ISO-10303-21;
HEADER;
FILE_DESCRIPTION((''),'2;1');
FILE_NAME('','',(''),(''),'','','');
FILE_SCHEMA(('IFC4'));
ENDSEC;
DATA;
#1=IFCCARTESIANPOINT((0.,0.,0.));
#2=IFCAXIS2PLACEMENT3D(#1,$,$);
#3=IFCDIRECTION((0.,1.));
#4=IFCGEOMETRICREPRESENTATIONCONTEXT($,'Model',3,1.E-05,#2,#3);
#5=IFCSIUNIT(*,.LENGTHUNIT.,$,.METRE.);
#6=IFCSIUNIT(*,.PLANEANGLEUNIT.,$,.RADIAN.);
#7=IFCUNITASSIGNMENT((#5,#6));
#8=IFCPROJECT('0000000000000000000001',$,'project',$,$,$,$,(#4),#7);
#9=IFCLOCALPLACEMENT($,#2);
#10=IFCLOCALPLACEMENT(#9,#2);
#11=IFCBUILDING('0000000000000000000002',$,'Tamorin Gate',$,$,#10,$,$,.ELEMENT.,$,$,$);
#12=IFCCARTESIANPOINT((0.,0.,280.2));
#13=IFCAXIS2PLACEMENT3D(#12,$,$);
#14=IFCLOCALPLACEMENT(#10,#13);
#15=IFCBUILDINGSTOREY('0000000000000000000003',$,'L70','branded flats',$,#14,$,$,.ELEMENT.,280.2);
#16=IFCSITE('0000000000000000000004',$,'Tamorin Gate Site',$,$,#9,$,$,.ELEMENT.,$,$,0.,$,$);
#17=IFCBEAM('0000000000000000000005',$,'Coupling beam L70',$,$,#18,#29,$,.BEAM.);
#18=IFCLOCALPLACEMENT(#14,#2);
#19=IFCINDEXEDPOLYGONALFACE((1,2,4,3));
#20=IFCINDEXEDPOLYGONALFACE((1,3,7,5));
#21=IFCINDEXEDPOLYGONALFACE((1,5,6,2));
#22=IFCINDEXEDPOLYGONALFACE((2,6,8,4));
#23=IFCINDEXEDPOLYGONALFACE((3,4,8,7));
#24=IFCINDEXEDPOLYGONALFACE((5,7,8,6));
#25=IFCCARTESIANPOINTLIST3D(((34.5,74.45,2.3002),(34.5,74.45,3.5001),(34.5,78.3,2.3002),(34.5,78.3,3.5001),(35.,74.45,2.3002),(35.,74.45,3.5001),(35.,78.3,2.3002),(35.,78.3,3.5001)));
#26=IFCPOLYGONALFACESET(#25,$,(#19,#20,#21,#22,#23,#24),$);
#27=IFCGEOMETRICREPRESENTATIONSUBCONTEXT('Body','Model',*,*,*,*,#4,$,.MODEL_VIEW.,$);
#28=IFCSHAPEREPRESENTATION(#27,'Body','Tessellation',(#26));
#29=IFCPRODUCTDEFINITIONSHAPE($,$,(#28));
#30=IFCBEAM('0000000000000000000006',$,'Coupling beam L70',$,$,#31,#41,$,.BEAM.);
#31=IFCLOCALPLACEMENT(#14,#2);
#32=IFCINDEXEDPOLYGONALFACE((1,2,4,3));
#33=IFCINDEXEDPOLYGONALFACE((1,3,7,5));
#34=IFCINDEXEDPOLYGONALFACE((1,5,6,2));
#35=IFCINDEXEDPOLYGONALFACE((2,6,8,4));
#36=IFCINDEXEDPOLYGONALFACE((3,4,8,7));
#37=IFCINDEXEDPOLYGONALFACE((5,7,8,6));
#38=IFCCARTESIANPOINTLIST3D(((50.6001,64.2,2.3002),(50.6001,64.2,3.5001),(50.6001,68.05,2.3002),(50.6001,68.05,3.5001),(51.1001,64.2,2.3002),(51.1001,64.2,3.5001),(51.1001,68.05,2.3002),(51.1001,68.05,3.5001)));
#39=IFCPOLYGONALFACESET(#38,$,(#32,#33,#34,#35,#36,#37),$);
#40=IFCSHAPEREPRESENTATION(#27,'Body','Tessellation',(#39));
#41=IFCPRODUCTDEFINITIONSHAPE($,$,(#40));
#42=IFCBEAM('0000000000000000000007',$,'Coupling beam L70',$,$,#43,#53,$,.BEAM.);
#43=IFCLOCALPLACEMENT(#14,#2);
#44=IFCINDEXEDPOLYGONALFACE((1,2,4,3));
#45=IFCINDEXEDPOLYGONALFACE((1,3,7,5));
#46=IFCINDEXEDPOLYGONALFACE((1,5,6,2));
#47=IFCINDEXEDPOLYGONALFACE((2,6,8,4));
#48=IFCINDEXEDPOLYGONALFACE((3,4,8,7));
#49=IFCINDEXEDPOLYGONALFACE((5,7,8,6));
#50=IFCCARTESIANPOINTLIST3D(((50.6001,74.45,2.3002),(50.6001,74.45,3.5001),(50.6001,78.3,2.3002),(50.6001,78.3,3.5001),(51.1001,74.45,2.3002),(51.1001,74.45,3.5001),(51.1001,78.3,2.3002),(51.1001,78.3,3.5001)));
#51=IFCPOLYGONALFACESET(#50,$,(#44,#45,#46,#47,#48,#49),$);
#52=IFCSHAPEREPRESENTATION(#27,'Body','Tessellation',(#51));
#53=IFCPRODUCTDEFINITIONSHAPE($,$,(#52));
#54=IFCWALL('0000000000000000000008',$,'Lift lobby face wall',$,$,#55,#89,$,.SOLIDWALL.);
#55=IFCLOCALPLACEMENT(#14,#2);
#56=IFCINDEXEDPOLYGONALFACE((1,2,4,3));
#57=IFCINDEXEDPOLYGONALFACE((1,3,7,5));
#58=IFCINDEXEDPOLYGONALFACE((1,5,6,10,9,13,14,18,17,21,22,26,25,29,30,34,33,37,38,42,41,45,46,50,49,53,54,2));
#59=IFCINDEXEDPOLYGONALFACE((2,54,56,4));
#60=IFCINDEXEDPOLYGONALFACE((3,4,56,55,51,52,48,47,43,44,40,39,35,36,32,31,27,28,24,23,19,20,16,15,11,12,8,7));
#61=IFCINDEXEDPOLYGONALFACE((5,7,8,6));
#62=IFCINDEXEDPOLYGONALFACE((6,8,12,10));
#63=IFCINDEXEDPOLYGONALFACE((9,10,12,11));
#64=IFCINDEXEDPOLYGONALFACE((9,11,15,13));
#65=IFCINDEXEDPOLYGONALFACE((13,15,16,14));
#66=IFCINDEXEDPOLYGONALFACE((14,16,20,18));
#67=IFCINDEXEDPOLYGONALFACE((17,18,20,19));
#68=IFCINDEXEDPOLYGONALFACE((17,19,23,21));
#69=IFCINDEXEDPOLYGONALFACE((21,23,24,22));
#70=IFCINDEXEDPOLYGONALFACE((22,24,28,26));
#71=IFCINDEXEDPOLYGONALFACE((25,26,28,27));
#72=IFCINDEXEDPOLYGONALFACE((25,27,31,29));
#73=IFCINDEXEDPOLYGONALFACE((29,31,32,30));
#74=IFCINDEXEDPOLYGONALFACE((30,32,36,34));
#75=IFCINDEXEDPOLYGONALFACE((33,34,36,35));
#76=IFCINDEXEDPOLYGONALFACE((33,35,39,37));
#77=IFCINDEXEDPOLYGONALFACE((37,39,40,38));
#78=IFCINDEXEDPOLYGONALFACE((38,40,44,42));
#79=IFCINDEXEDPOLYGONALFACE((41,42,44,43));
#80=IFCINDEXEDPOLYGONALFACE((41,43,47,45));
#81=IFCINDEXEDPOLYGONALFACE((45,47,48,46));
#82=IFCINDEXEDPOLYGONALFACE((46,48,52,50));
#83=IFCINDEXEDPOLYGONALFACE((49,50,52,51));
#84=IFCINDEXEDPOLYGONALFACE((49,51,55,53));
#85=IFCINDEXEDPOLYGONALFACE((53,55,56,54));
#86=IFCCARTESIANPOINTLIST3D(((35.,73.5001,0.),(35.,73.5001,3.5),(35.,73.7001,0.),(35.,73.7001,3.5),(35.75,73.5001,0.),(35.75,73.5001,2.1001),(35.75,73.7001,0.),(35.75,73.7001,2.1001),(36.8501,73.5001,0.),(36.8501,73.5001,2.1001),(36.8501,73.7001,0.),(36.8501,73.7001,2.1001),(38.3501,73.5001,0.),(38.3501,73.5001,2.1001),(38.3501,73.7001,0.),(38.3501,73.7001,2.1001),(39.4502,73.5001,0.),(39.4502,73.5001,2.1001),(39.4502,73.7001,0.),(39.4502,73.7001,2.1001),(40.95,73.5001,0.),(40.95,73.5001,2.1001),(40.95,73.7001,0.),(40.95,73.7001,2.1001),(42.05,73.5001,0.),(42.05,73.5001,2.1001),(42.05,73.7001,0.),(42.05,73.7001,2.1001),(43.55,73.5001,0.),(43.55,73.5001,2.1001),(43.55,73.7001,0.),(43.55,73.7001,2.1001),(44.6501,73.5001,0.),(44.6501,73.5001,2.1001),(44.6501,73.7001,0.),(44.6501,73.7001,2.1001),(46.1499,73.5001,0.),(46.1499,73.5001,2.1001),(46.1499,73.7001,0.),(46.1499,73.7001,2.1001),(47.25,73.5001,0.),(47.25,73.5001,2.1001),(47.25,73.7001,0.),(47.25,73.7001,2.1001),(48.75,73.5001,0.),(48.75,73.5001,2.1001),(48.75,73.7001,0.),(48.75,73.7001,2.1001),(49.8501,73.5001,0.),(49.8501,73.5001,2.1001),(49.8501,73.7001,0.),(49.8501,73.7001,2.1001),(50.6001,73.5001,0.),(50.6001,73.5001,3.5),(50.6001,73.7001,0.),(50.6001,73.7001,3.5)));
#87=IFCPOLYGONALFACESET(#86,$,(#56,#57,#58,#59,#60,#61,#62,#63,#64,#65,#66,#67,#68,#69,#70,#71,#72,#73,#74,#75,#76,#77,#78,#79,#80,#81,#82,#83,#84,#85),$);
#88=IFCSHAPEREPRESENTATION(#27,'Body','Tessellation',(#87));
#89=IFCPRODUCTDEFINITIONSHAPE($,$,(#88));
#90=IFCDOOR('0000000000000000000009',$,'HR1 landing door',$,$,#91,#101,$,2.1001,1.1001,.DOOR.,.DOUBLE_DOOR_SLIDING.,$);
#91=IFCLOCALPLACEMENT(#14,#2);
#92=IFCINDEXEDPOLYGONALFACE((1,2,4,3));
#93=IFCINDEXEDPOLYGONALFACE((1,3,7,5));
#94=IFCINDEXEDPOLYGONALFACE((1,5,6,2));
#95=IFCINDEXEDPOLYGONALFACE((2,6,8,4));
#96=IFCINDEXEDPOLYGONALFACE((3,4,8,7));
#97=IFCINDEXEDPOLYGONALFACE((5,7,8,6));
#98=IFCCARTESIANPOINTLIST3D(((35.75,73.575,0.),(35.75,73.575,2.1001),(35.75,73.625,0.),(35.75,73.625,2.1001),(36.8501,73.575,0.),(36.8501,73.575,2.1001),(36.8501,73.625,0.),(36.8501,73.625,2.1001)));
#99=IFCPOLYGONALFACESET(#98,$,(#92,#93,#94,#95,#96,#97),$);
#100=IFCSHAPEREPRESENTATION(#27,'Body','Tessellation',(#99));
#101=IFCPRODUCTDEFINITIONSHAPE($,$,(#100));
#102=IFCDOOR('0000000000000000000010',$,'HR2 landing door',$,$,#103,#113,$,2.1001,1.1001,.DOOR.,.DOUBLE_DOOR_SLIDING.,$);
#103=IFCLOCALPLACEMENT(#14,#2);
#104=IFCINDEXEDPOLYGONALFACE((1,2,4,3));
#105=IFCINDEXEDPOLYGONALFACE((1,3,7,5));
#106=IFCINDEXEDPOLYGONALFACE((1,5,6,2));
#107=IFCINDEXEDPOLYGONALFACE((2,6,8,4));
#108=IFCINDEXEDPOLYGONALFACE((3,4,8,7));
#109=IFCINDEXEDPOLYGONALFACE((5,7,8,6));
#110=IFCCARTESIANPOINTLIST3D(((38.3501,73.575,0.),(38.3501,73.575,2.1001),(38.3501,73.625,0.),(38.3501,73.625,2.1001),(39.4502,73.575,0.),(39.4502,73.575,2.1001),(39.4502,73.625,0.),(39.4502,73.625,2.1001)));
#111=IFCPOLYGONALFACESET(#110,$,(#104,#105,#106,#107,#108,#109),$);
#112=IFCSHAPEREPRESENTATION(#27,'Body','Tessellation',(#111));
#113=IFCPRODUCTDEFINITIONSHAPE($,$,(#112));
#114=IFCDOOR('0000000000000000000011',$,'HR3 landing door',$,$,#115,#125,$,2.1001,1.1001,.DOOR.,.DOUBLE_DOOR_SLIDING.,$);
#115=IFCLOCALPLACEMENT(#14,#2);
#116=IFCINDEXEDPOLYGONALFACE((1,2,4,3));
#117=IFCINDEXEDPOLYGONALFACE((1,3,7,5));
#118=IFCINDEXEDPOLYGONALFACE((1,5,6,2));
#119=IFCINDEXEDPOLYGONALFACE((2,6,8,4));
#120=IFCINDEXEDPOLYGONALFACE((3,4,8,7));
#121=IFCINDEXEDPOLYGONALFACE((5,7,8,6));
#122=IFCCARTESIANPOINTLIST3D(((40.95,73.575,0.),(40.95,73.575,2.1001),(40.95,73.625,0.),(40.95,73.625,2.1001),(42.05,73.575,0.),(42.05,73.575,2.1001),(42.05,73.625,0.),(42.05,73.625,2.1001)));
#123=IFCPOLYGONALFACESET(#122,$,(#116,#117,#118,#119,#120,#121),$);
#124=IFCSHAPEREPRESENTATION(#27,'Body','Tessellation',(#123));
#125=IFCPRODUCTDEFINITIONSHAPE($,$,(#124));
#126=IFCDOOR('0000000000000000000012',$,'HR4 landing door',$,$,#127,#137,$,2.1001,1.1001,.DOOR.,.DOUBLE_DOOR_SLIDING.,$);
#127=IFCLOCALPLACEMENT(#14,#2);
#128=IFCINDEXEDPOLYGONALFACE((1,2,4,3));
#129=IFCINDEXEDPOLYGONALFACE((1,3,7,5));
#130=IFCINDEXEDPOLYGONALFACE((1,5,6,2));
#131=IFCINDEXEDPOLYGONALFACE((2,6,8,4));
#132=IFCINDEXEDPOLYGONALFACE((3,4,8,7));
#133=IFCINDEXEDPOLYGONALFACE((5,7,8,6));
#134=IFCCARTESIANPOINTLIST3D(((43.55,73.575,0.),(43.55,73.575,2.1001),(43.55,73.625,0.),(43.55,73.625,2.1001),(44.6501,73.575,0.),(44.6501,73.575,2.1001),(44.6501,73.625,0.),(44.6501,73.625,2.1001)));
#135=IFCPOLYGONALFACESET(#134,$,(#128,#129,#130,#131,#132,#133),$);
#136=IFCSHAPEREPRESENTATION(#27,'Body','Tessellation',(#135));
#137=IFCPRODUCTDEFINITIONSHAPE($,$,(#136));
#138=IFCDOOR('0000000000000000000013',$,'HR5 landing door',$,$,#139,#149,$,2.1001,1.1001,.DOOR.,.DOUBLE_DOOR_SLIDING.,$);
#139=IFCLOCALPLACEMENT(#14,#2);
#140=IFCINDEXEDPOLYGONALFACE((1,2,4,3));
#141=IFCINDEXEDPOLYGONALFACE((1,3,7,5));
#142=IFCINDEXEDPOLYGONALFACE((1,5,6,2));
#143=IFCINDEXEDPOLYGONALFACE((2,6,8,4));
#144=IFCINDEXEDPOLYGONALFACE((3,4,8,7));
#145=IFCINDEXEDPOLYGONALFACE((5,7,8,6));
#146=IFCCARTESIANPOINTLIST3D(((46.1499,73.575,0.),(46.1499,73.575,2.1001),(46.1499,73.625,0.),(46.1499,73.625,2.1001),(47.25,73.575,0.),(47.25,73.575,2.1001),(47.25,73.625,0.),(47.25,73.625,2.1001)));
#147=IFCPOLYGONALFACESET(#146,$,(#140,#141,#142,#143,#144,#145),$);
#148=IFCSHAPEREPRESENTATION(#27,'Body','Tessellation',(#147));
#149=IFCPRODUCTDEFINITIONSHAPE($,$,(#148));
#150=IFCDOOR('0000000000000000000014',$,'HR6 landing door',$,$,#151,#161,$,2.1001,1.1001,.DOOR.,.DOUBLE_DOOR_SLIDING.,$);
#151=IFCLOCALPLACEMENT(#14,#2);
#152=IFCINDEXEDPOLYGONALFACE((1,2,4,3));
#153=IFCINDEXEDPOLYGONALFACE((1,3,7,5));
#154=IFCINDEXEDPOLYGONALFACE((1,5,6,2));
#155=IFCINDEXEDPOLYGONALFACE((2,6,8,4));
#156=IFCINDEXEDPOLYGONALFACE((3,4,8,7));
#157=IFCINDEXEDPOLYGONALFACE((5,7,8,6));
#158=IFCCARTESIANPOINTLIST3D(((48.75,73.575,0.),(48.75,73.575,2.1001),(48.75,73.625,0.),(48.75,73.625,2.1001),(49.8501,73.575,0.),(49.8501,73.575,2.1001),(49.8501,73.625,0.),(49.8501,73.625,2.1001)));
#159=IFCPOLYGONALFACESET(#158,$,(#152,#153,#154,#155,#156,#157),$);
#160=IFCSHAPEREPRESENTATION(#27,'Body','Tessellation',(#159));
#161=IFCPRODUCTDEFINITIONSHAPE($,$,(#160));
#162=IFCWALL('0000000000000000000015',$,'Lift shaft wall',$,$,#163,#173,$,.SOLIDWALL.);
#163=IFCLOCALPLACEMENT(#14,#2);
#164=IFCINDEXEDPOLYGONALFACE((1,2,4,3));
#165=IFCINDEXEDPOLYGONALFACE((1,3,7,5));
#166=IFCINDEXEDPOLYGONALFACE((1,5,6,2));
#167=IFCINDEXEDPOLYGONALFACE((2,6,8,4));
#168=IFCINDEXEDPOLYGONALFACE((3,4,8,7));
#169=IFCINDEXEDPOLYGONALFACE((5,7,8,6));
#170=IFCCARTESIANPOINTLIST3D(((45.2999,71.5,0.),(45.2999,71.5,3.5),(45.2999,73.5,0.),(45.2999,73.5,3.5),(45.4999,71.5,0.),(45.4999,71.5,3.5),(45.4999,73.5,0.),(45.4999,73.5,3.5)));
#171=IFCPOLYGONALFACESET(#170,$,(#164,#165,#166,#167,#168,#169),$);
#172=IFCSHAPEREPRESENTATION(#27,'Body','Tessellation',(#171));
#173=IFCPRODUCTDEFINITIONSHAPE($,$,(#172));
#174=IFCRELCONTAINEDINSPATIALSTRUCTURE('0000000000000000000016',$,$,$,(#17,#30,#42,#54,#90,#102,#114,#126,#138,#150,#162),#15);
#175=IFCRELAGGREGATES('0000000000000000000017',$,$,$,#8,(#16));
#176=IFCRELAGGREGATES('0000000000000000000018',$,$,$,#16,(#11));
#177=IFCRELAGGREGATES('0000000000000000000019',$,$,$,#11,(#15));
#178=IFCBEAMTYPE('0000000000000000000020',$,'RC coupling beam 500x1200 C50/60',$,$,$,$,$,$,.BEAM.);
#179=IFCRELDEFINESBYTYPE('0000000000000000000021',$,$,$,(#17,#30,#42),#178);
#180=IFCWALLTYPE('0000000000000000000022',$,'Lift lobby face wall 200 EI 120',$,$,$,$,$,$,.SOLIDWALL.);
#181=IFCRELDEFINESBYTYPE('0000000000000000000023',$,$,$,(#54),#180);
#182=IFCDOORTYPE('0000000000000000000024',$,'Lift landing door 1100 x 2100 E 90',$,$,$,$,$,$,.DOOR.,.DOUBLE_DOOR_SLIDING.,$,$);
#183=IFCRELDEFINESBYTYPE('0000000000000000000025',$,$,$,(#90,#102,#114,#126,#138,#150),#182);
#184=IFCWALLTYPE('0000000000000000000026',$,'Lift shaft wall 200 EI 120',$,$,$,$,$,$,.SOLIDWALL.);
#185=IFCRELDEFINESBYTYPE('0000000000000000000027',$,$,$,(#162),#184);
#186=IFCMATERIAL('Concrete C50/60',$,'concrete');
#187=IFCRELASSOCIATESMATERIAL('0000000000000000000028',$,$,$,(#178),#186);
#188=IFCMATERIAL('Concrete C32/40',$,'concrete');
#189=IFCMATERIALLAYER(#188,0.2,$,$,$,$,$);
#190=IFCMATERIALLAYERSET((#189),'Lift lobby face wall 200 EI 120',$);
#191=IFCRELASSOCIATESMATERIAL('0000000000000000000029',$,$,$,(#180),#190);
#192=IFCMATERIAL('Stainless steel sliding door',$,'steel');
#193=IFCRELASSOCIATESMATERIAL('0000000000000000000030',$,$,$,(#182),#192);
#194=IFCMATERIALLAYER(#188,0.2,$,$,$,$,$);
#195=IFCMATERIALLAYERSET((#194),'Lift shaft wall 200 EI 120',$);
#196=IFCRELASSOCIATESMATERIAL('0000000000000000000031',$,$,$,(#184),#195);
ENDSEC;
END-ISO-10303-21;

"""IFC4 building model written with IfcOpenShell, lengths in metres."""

from ifc_helpers import new_model, si_unit, direction, frame, frame_2d, origin, origin_2d, place, context, subcontext, project, spatial, rectangle, extrude, material, layer, layer_set, material_profile, profile_set, type_object, element, fill, save


model = new_model("IFC4")

# Units and contexts
model_context = context("Model", 3, precision=1e-05, world=origin(), true_north=direction((0.0, 1.0)))
body_context = subcontext(model_context, "Body", "Model", "MODEL_VIEW")
ifc_project = project(units=[si_unit("LENGTHUNIT", "METRE"), si_unit("PLANEANGLEUNIT", "RADIAN")], contexts=[model_context])

# Site, building, storey
site_placement = place(None, origin())
site = spatial("IfcSite", under=ifc_project, at=site_placement, Name="Tamorin Gate Site", CompositionType="ELEMENT", RefElevation=0.0)
building_placement = place(site_placement, origin())
building = spatial("IfcBuilding", under=site, at=building_placement, Name="Tamorin Gate", CompositionType="ELEMENT")
storey_placement = place(building_placement, frame((0.0, 0.0, 280.2)))
storey = spatial("IfcBuildingStorey", under=building, at=storey_placement, Name="L70", Description="branded flats", CompositionType="ELEMENT", Elevation=280.2)

# Beams
ifc_material_1 = material(Name="Concrete C50/60", Category="concrete")
ifc_material_profile = material_profile(ifc_material_1, rectangle(XDim=0.5, YDim=1.2, at=origin_2d()), Name="RC 500x1200")
ifc_profile_set = profile_set([ifc_material_profile], Name="Concrete C50/60")
beam_type = type_object("IfcBeamType", Name="RC coupling beam 500x1200 C50/60", PredefinedType="BEAM", material=ifc_profile_set)
for number, where, z_axis, x_axis, name in (
    (1, (34.75, 74.45, 2.9001), (0.0, 1.0, 0.0), (-1.0, 0.0, 0.0), "Coupling beam L70"),
    (2, (50.8501, 64.2, 2.9001), (0.0, 1.0, 0.0), (-1.0, 0.0, 0.0), "Coupling beam L70"),
    (3, (50.8501, 74.45, 2.9001), (0.0, 1.0, 0.0), (-1.0, 0.0, 0.0), "Coupling beam L70"),
):
    element("IfcBeam", number, at=place(storey_placement, frame(where, z_axis=z_axis, x_axis=x_axis)), inside=storey, type_object=beam_type, Name=name, PredefinedType="BEAM", context=body_context, shape_type="SweptSolid", body=[
        extrude(rectangle(XDim=0.5, YDim=1.2, at=origin_2d()), origin(), (0.0, 0.0, 1.0), 3.8501),
    ])

# Wall, openings, doors
ifc_material_2 = material(Name="Concrete C32/40", Category="concrete")
ifc_layer_1 = layer(ifc_material_2, 0.2)
ifc_layer_set_1 = layer_set([ifc_layer_1], Name="Lift lobby face wall 200 EI 120")
wall_type_1 = type_object("IfcWallType", Name="Lift lobby face wall 200 EI 120", PredefinedType="SOLIDWALL", material=ifc_layer_set_1)
wall_1_placement = place(storey_placement, frame((35.0, 73.6001, 0.0), z_axis=(0.0, 0.0, 1.0), x_axis=(1.0, 0.0, 0.0)))
wall_1 = element("IfcWall", 4, at=wall_1_placement, inside=storey, type_object=wall_type_1, Name="Lift lobby face wall", PredefinedType="SOLIDWALL", context=body_context, shape_type="SweptSolid", body=[
    extrude(rectangle(XDim=15.6001, YDim=0.2, at=frame_2d((7.8, 0.0))), origin(), (0.0, 0.0, 1.0), 3.5),
])
opening_1_placement = place(wall_1_placement, frame((0.75, 0.0, 0.0)))
opening_1 = element("IfcOpeningElement", 5, at=opening_1_placement, cuts=wall_1, PredefinedType="OPENING", context=body_context, shape_type="SweptSolid", body=[
    extrude(rectangle(XDim=1.1001, YDim=2.1001, at=frame_2d((0.55, 1.05))), frame((0.0, 0.1099, 0.0), z_axis=(0.0, -1.0, 0.0), x_axis=(1.0, 0.0, 0.0)), (0.0, 0.0, 1.0), 0.22),
])
opening_2_placement = place(wall_1_placement, frame((3.3501, 0.0, 0.0)))
opening_2 = element("IfcOpeningElement", 6, at=opening_2_placement, cuts=wall_1, PredefinedType="OPENING", context=body_context, shape_type="SweptSolid", body=[
    extrude(rectangle(XDim=1.1001, YDim=2.1001, at=frame_2d((0.55, 1.05))), frame((0.0, 0.1099, 0.0), z_axis=(0.0, -1.0, 0.0), x_axis=(1.0, 0.0, 0.0)), (0.0, 0.0, 1.0), 0.22),
])
opening_3_placement = place(wall_1_placement, frame((5.95, 0.0, 0.0)))
opening_3 = element("IfcOpeningElement", 7, at=opening_3_placement, cuts=wall_1, PredefinedType="OPENING", context=body_context, shape_type="SweptSolid", body=[
    extrude(rectangle(XDim=1.1001, YDim=2.1001, at=frame_2d((0.55, 1.05))), frame((0.0, 0.1099, 0.0), z_axis=(0.0, -1.0, 0.0), x_axis=(1.0, 0.0, 0.0)), (0.0, 0.0, 1.0), 0.22),
])
opening_4_placement = place(wall_1_placement, frame((8.55, 0.0, 0.0)))
opening_4 = element("IfcOpeningElement", 8, at=opening_4_placement, cuts=wall_1, PredefinedType="OPENING", context=body_context, shape_type="SweptSolid", body=[
    extrude(rectangle(XDim=1.1001, YDim=2.1001, at=frame_2d((0.55, 1.05))), frame((0.0, 0.1099, 0.0), z_axis=(0.0, -1.0, 0.0), x_axis=(1.0, 0.0, 0.0)), (0.0, 0.0, 1.0), 0.22),
])
opening_5_placement = place(wall_1_placement, frame((11.1499, 0.0, 0.0)))
opening_5 = element("IfcOpeningElement", 9, at=opening_5_placement, cuts=wall_1, PredefinedType="OPENING", context=body_context, shape_type="SweptSolid", body=[
    extrude(rectangle(XDim=1.1001, YDim=2.1001, at=frame_2d((0.55, 1.05))), frame((0.0, 0.1099, 0.0), z_axis=(0.0, -1.0, 0.0), x_axis=(1.0, 0.0, 0.0)), (0.0, 0.0, 1.0), 0.22),
])
opening_6_placement = place(wall_1_placement, frame((13.75, 0.0, 0.0)))
opening_6 = element("IfcOpeningElement", 10, at=opening_6_placement, cuts=wall_1, PredefinedType="OPENING", context=body_context, shape_type="SweptSolid", body=[
    extrude(rectangle(XDim=1.1001, YDim=2.1001, at=frame_2d((0.55, 1.05))), frame((0.0, 0.1099, 0.0), z_axis=(0.0, -1.0, 0.0), x_axis=(1.0, 0.0, 0.0)), (0.0, 0.0, 1.0), 0.22),
])
ifc_material_3 = material(Name="Stainless steel sliding door", Category="steel")
door_type_1 = type_object("IfcDoorType", Name="Lift landing door 1100 x 2100 E 90", OperationType="DOUBLE_DOOR_SLIDING", PredefinedType="DOOR", material=ifc_material_3)
door_1_placement = place(opening_1_placement, origin())
door_1 = element("IfcDoor", 11, at=door_1_placement, inside=storey, type_object=door_type_1, Name="HR1 landing door", OperationType="DOUBLE_DOOR_SLIDING", OverallHeight=2.1001, OverallWidth=1.1001, PredefinedType="DOOR", context=body_context, shape_type="SweptSolid", body=[
    extrude(rectangle(XDim=1.1001, YDim=2.1001, at=frame_2d((0.55, 1.05))), frame((0.0, 0.0249, 0.0), z_axis=(0.0, -1.0, 0.0), x_axis=(1.0, 0.0, 0.0)), (0.0, 0.0, 1.0), 0.05),
])
fill(opening_1, door_1)
door_2_placement = place(opening_2_placement, origin())
door_2 = element("IfcDoor", 12, at=door_2_placement, inside=storey, type_object=door_type_1, Name="HR2 landing door", OperationType="DOUBLE_DOOR_SLIDING", OverallHeight=2.1001, OverallWidth=1.1001, PredefinedType="DOOR", context=body_context, shape_type="SweptSolid", body=[
    extrude(rectangle(XDim=1.1001, YDim=2.1001, at=frame_2d((0.55, 1.05))), frame((0.0, 0.0249, 0.0), z_axis=(0.0, -1.0, 0.0), x_axis=(1.0, 0.0, 0.0)), (0.0, 0.0, 1.0), 0.05),
])
fill(opening_2, door_2)
door_3_placement = place(opening_3_placement, origin())
door_3 = element("IfcDoor", 13, at=door_3_placement, inside=storey, type_object=door_type_1, Name="HR3 landing door", OperationType="DOUBLE_DOOR_SLIDING", OverallHeight=2.1001, OverallWidth=1.1001, PredefinedType="DOOR", context=body_context, shape_type="SweptSolid", body=[
    extrude(rectangle(XDim=1.1001, YDim=2.1001, at=frame_2d((0.55, 1.05))), frame((0.0, 0.0249, 0.0), z_axis=(0.0, -1.0, 0.0), x_axis=(1.0, 0.0, 0.0)), (0.0, 0.0, 1.0), 0.05),
])
fill(opening_3, door_3)
door_4_placement = place(opening_4_placement, origin())
door_4 = element("IfcDoor", 14, at=door_4_placement, inside=storey, type_object=door_type_1, Name="HR4 landing door", OperationType="DOUBLE_DOOR_SLIDING", OverallHeight=2.1001, OverallWidth=1.1001, PredefinedType="DOOR", context=body_context, shape_type="SweptSolid", body=[
    extrude(rectangle(XDim=1.1001, YDim=2.1001, at=frame_2d((0.55, 1.05))), frame((0.0, 0.0249, 0.0), z_axis=(0.0, -1.0, 0.0), x_axis=(1.0, 0.0, 0.0)), (0.0, 0.0, 1.0), 0.05),
])
fill(opening_4, door_4)
door_5_placement = place(opening_5_placement, origin())
door_5 = element("IfcDoor", 15, at=door_5_placement, inside=storey, type_object=door_type_1, Name="HR5 landing door", OperationType="DOUBLE_DOOR_SLIDING", OverallHeight=2.1001, OverallWidth=1.1001, PredefinedType="DOOR", context=body_context, shape_type="SweptSolid", body=[
    extrude(rectangle(XDim=1.1001, YDim=2.1001, at=frame_2d((0.55, 1.05))), frame((0.0, 0.0249, 0.0), z_axis=(0.0, -1.0, 0.0), x_axis=(1.0, 0.0, 0.0)), (0.0, 0.0, 1.0), 0.05),
])
fill(opening_5, door_5)
door_6_placement = place(opening_6_placement, origin())
door_6 = element("IfcDoor", 16, at=door_6_placement, inside=storey, type_object=door_type_1, Name="HR6 landing door", OperationType="DOUBLE_DOOR_SLIDING", OverallHeight=2.1001, OverallWidth=1.1001, PredefinedType="DOOR", context=body_context, shape_type="SweptSolid", body=[
    extrude(rectangle(XDim=1.1001, YDim=2.1001, at=frame_2d((0.55, 1.05))), frame((0.0, 0.0249, 0.0), z_axis=(0.0, -1.0, 0.0), x_axis=(1.0, 0.0, 0.0)), (0.0, 0.0, 1.0), 0.05),
])
fill(opening_6, door_6)

# Wall
ifc_layer_2 = layer(ifc_material_2, 0.2)
ifc_layer_set_2 = layer_set([ifc_layer_2], Name="Lift shaft wall 200 EI 120")
wall_type_2 = type_object("IfcWallType", Name="Lift shaft wall 200 EI 120", PredefinedType="SOLIDWALL", material=ifc_layer_set_2)
wall_2_placement = place(storey_placement, frame((45.3999, 71.5, 0.0), z_axis=(0.0, 0.0, 1.0), x_axis=(0.0, 1.0, 0.0)))
element("IfcWall", 17, at=wall_2_placement, inside=storey, type_object=wall_type_2, Name="Lift shaft wall", PredefinedType="SOLIDWALL", context=body_context, shape_type="SweptSolid", body=[
    extrude(rectangle(XDim=2.0, YDim=0.2, at=frame_2d((1.0, 0.0))), origin(), (0.0, 0.0, 1.0), 3.5),
])

save(model, "model.ifc")
